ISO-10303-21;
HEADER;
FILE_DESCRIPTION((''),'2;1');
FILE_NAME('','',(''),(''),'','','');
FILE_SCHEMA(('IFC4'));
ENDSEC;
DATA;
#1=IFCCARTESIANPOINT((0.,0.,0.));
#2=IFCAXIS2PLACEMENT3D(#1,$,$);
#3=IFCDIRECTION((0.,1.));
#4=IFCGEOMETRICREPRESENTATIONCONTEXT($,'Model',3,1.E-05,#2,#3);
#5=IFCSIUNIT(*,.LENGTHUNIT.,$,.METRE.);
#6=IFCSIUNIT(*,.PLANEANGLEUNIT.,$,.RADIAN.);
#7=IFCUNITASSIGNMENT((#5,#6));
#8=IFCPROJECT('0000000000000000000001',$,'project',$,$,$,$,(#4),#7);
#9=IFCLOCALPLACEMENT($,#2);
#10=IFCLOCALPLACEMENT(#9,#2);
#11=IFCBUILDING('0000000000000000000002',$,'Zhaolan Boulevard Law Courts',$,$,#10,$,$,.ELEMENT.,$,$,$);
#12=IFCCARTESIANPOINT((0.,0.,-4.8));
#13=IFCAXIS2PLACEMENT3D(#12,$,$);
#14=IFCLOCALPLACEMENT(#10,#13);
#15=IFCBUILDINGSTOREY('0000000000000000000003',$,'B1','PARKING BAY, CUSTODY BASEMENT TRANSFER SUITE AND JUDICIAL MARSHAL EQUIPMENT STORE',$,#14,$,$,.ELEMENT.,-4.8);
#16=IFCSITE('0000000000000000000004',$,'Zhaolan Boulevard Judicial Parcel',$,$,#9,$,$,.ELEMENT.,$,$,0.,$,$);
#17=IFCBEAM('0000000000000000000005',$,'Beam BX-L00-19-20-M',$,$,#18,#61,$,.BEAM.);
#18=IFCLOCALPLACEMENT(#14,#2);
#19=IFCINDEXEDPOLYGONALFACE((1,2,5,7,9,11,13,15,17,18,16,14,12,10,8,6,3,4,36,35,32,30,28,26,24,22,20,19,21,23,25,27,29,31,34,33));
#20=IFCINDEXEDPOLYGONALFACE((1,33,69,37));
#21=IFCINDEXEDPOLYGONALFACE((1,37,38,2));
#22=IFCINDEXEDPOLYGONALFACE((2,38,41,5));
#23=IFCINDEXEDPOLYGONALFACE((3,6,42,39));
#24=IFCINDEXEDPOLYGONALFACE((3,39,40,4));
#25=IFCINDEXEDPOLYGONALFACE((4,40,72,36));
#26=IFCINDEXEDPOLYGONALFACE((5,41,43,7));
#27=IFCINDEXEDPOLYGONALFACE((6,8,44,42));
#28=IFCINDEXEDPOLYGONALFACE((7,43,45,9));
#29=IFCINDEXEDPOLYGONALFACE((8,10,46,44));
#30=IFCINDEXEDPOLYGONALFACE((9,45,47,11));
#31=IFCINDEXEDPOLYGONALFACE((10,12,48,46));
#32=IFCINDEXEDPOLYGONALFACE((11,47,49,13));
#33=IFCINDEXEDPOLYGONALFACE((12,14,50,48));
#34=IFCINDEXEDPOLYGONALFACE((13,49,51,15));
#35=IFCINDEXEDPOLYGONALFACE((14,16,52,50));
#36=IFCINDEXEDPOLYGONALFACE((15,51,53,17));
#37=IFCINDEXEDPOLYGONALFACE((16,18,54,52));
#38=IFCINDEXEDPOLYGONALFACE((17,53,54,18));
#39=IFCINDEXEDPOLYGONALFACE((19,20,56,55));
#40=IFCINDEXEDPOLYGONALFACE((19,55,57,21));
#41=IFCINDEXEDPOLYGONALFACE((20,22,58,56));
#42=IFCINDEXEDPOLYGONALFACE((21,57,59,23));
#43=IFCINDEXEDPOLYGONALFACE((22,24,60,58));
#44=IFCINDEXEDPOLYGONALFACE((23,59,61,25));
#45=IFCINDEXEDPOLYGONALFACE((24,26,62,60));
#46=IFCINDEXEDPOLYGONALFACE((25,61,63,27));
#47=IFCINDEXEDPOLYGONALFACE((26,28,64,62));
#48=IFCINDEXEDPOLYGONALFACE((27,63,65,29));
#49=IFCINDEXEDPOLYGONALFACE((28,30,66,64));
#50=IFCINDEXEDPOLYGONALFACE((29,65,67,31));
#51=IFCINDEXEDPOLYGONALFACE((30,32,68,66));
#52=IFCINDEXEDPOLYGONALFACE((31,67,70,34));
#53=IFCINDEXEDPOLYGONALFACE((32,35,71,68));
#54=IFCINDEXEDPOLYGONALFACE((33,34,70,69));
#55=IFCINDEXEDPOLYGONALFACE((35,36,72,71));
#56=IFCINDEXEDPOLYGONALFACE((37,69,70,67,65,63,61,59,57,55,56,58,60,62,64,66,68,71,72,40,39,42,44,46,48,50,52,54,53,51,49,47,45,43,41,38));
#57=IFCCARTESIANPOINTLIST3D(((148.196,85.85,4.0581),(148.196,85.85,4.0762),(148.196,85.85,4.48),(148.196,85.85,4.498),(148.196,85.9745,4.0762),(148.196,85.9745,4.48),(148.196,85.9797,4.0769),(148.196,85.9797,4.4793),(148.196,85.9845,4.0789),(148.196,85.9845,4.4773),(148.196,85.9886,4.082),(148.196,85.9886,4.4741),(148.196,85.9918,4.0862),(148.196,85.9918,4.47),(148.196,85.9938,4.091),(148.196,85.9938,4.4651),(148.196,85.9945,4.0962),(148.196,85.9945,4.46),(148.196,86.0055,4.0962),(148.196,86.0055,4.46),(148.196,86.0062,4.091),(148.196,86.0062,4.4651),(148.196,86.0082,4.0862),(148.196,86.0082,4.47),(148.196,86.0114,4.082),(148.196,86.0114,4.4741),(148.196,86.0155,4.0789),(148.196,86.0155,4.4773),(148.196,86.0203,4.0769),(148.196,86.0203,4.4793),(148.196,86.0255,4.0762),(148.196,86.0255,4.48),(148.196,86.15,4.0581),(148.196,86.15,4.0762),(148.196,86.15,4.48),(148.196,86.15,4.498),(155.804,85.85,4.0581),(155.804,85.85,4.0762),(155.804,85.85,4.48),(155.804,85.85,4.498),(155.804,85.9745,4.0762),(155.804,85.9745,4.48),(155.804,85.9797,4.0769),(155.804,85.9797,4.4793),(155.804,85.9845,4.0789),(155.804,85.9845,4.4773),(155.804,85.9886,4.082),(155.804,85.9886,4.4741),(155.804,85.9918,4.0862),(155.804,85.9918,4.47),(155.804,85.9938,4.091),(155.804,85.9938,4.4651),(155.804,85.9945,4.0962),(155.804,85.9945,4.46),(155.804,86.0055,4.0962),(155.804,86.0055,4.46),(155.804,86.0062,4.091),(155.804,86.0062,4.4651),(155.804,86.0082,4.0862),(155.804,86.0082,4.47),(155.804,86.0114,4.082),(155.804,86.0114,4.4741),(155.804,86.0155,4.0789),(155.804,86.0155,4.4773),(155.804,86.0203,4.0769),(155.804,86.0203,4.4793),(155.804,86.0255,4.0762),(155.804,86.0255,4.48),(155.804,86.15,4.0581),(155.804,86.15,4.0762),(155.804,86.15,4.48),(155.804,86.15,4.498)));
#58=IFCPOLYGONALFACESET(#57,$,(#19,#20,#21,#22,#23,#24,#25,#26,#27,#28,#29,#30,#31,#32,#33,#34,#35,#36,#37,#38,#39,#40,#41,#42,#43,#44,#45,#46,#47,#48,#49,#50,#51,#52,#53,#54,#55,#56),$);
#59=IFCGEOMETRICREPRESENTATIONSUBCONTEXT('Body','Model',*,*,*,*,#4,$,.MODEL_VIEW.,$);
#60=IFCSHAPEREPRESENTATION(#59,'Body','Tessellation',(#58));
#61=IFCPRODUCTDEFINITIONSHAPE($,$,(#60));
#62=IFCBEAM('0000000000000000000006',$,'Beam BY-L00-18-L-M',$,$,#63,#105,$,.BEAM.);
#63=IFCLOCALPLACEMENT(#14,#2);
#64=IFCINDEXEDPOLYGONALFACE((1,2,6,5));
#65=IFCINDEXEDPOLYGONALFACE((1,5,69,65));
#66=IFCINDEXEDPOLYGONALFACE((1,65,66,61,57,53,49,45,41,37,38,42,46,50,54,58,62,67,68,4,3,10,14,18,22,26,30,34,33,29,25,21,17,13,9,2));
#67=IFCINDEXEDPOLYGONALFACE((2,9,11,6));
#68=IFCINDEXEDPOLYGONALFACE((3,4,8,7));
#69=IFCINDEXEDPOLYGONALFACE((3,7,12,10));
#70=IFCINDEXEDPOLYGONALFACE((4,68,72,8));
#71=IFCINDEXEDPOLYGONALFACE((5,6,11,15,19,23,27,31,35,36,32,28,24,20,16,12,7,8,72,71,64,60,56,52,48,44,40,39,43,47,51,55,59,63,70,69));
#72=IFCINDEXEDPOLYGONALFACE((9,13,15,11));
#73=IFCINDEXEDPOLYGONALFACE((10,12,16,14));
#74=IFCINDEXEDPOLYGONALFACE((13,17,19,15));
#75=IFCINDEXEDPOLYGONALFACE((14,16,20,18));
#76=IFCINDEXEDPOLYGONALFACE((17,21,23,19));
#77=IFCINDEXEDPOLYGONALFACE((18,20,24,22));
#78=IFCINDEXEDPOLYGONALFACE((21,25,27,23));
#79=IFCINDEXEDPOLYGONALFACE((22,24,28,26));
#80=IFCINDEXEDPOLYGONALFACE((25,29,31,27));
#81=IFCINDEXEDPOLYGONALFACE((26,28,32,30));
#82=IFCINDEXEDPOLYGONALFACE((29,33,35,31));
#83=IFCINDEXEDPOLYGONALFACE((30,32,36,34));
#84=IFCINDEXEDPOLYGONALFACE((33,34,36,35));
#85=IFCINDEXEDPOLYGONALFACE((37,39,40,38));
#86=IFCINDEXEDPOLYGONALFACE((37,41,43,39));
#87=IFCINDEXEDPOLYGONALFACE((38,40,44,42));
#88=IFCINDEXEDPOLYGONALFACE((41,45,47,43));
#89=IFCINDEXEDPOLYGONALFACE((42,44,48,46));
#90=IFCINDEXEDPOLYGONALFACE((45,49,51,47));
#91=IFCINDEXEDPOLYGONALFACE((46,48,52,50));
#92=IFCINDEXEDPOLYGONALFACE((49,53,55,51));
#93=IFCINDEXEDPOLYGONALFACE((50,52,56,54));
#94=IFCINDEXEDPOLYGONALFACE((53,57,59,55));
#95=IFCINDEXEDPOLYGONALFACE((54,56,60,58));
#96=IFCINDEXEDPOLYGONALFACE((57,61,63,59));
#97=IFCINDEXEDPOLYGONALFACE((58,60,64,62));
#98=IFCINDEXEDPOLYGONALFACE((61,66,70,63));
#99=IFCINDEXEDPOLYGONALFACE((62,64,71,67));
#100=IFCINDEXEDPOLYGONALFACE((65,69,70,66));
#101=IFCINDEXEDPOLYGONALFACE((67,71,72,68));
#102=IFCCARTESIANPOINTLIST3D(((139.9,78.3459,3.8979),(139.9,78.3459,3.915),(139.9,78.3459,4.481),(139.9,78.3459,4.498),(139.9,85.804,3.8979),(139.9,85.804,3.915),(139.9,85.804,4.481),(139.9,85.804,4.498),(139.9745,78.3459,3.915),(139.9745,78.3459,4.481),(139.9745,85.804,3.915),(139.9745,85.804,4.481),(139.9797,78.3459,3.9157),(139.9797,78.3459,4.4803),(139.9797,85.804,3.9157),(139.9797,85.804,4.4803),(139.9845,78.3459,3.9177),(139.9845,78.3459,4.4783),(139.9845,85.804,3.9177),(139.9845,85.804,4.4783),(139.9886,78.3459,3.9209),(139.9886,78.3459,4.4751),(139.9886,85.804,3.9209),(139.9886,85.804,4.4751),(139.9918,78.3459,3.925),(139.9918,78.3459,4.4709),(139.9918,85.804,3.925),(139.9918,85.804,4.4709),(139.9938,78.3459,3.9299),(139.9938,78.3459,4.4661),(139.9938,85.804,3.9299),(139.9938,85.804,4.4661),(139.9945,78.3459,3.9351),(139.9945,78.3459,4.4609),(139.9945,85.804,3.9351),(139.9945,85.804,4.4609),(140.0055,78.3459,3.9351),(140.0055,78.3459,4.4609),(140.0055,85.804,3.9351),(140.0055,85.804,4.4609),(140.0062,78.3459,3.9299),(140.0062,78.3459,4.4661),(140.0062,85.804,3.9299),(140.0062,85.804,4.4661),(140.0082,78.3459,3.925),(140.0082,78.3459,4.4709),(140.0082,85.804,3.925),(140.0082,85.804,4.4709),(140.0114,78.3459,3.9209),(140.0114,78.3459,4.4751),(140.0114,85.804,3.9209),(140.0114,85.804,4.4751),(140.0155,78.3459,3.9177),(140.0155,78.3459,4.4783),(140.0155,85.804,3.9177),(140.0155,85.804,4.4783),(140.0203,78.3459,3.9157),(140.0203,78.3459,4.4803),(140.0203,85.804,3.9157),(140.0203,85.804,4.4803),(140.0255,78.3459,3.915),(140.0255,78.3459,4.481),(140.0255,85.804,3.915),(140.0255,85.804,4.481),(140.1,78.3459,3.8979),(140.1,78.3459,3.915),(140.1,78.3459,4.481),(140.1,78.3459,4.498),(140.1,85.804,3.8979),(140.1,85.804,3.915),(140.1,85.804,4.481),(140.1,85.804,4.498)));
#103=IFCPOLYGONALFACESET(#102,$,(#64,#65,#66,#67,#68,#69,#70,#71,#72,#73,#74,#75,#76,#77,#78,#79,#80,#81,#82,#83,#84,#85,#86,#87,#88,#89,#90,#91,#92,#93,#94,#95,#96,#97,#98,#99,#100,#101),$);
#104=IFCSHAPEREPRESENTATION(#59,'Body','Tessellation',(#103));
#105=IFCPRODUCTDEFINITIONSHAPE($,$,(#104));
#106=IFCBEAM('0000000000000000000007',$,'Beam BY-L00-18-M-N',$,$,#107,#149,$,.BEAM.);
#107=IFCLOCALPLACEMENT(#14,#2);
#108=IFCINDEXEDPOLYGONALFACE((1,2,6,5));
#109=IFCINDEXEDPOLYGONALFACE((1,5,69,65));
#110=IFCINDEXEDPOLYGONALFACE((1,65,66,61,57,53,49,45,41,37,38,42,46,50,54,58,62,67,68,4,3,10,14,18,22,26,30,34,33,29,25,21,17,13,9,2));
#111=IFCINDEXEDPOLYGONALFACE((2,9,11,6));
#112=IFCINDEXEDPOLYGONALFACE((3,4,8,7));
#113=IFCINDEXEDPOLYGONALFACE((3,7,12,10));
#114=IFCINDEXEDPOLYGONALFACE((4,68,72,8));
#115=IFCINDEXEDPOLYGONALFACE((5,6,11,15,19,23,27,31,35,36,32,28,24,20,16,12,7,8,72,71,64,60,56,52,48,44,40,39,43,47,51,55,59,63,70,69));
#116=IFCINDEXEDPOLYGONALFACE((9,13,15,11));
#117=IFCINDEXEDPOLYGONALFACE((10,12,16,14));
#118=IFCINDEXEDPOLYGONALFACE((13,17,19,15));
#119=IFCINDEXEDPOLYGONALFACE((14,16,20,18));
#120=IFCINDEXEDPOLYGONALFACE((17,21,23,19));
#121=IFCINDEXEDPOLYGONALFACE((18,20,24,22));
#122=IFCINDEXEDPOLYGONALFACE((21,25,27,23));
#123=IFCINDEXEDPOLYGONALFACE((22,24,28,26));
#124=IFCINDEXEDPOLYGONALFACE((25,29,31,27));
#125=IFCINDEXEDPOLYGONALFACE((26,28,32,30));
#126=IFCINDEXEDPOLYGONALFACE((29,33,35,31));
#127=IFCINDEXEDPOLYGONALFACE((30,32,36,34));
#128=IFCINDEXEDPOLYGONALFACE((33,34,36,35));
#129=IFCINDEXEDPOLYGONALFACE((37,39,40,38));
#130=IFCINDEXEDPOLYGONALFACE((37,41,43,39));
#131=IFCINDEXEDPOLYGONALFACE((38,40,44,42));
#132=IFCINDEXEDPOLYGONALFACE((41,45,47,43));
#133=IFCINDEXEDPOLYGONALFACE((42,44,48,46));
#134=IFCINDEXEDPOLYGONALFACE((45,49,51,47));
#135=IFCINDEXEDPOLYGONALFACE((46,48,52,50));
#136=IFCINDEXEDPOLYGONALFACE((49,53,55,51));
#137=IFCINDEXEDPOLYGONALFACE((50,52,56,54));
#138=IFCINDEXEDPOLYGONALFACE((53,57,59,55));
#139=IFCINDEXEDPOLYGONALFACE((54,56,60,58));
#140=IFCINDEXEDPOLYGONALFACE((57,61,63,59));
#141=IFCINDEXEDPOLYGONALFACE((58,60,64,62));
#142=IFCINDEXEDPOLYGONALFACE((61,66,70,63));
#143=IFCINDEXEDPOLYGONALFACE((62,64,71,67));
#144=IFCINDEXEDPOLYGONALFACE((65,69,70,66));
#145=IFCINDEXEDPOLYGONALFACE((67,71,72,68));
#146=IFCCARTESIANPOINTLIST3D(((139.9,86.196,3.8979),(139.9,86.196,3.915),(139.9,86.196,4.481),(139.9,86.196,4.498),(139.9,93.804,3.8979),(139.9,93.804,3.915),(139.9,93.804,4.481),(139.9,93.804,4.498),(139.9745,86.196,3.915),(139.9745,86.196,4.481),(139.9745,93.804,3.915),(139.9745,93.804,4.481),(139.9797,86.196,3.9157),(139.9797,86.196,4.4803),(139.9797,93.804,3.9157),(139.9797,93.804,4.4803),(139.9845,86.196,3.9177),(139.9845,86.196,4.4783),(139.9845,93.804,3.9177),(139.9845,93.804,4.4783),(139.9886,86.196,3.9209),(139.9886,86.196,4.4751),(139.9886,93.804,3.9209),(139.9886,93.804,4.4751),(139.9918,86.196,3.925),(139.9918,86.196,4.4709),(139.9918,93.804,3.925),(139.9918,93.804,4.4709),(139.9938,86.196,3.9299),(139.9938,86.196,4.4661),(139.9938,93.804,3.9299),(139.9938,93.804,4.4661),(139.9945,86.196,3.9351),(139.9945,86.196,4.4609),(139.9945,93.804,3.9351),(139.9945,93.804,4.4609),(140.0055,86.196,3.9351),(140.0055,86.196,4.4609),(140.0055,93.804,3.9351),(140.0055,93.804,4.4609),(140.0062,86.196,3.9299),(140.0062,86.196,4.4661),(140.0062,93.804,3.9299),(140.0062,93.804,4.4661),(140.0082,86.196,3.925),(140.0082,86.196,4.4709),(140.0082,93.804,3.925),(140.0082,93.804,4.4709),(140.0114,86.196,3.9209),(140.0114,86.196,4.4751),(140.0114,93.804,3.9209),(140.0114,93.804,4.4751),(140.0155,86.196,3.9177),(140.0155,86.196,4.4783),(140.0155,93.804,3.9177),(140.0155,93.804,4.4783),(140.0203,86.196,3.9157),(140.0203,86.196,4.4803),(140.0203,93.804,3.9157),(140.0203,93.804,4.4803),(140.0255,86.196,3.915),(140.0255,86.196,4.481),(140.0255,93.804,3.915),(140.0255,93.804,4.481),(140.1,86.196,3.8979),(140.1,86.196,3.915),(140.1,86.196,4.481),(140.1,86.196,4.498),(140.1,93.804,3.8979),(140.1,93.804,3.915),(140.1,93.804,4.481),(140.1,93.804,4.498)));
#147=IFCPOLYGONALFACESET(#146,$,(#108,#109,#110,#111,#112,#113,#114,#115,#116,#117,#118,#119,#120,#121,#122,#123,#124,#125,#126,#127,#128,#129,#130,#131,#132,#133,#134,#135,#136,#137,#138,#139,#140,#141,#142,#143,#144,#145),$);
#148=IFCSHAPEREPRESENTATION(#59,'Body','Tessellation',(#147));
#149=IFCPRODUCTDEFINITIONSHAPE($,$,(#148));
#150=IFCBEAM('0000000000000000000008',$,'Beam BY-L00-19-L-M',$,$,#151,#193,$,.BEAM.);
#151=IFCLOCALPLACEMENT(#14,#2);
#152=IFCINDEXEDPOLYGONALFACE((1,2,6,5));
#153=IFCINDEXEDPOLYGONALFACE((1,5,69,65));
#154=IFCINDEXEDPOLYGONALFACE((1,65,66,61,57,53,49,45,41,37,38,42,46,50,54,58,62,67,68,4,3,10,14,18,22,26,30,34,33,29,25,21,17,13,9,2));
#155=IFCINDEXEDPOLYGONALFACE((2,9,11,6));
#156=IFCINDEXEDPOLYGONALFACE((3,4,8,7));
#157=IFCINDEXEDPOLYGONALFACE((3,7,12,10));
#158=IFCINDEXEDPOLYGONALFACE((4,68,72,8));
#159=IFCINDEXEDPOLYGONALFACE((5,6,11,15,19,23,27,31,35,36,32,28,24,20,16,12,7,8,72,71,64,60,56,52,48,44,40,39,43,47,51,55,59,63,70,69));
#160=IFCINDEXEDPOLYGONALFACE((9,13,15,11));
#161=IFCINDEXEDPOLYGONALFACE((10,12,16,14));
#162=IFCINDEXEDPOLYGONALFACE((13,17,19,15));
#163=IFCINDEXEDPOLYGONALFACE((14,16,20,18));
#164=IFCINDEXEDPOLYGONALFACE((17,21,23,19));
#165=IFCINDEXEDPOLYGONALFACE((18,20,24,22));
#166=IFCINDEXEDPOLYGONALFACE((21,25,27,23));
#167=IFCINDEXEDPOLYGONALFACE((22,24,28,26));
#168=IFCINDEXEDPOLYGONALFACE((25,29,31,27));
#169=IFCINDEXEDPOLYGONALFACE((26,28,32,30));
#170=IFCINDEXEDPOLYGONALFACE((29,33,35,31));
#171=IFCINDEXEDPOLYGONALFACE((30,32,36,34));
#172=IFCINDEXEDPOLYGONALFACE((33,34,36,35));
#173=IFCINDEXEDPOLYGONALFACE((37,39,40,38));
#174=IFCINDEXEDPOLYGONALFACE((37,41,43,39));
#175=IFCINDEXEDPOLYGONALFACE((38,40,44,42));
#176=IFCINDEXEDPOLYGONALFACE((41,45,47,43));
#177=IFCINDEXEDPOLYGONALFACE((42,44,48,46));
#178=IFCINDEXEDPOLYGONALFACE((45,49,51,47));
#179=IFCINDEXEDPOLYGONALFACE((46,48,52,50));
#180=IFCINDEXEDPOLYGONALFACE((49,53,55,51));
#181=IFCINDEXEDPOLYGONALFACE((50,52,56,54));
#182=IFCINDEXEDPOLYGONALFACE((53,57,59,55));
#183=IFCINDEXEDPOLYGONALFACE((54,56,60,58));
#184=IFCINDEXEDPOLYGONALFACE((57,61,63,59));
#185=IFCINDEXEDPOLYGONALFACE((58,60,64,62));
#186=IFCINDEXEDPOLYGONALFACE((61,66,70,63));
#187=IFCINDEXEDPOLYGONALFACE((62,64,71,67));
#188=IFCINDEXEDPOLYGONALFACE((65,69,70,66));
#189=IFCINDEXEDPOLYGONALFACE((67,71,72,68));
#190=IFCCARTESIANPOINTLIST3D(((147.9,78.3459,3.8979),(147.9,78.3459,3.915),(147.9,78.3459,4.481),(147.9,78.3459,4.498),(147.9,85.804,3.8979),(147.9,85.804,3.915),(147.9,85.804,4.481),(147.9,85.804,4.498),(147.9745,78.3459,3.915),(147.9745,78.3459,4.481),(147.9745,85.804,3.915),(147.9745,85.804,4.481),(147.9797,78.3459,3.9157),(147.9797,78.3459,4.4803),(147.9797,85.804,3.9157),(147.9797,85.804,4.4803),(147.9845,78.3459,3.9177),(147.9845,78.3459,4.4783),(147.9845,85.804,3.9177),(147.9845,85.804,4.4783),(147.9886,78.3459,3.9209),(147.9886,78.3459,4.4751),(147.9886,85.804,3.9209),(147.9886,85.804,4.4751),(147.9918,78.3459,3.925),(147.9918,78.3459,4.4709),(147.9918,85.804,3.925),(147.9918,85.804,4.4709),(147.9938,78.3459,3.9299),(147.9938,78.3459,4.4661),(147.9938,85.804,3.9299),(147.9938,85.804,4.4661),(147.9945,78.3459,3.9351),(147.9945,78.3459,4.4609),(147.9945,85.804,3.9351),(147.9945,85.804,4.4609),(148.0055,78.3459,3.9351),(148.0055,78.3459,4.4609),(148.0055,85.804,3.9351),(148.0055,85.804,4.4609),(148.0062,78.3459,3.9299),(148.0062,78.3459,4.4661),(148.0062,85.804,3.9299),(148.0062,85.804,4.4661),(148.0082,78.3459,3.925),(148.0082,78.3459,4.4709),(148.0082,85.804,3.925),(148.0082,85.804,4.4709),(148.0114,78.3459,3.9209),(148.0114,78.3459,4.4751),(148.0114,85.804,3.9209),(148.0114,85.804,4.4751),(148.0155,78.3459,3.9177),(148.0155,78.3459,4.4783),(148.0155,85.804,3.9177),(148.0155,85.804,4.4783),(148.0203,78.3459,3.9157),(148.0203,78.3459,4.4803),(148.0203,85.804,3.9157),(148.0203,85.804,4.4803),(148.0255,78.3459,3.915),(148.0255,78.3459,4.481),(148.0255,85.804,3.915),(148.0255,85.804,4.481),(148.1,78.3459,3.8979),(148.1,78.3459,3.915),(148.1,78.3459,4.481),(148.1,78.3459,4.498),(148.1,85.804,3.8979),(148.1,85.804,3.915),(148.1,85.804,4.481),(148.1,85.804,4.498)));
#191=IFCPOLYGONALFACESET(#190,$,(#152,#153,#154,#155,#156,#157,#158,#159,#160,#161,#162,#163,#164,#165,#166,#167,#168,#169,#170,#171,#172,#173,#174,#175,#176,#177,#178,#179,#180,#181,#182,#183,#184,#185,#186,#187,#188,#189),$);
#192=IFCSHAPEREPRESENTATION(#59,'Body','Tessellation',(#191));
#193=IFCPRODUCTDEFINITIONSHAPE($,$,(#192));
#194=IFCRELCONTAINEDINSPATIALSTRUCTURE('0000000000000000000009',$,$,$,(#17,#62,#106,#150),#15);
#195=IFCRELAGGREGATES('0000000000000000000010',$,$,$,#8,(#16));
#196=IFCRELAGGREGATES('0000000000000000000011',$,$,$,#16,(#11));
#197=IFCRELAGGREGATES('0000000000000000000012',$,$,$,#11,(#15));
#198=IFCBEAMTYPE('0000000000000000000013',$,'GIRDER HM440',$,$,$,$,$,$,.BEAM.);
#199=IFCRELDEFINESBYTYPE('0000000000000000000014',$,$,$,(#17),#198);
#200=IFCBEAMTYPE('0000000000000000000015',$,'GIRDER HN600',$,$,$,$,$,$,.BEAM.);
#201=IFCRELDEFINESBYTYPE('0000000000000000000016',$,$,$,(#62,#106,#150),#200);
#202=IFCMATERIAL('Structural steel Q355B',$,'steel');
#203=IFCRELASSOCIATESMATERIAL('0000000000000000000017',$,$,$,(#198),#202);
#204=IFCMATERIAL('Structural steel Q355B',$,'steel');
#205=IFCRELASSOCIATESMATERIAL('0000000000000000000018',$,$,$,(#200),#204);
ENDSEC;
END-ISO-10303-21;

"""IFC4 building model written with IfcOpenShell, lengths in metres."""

from ifc_helpers import new_model, si_unit, direction, frame, origin, origin_2d, place, context, subcontext, project, spatial, i_section, extrude, material, material_profile, profile_set, type_object, element, save


model = new_model("IFC4")

# Units and contexts
model_context = context("Model", 3, precision=1e-05, world=origin(), true_north=direction((0.0, 1.0)))
body_context = subcontext(model_context, "Body", "Model", "MODEL_VIEW")
ifc_project = project(units=[si_unit("LENGTHUNIT", "METRE"), si_unit("PLANEANGLEUNIT", "RADIAN")], contexts=[model_context])

# Site, building, storey
site_placement = place(None, origin())
site = spatial("IfcSite", under=ifc_project, at=site_placement, Name="Zhaolan Boulevard Judicial Parcel", CompositionType="ELEMENT", RefElevation=0.0)
building_placement = place(site_placement, origin())
building = spatial("IfcBuilding", under=site, at=building_placement, Name="Zhaolan Boulevard Law Courts", CompositionType="ELEMENT")
storey_placement = place(building_placement, frame((0.0, 0.0, -4.8)))
storey = spatial("IfcBuildingStorey", under=building, at=storey_placement, Name="B1", Description="PARKING BAY, CUSTODY BASEMENT TRANSFER SUITE AND JUDICIAL MARSHAL EQUIPMENT STORE", CompositionType="ELEMENT", Elevation=-4.8)

# Beams
ifc_material_1 = material(Name="Structural steel Q355B", Category="steel")
ifc_material_profile_1 = material_profile(ifc_material_1, i_section(OverallWidth=0.3, OverallDepth=0.4399, WebThickness=0.011, FlangeThickness=0.0181, FilletRadius=0.02, at=origin_2d()), Name="HM440x300")
ifc_profile_set_1 = profile_set([ifc_material_profile_1], Name="Structural steel Q355B")
beam_type_1 = type_object("IfcBeamType", Name="GIRDER HM440", PredefinedType="BEAM", material=ifc_profile_set_1)
for number, where, z_axis, x_axis, name in (
    (1, (148.196, 86.0, 4.2781), (1.0, 0.0, 0.0), (0.0, 1.0, 0.0), "Beam BX-L00-19-20-M"),
):
    element("IfcBeam", number, at=place(storey_placement, frame(where, z_axis=z_axis, x_axis=x_axis)), inside=storey, type_object=beam_type_1, Name=name, PredefinedType="BEAM", context=body_context, shape_type="SweptSolid", body=[
        extrude(i_section(OverallWidth=0.3, OverallDepth=0.4399, WebThickness=0.011, FlangeThickness=0.0181, FilletRadius=0.02, at=origin_2d()), origin(), (0.0, 0.0, 1.0), 7.6079),
    ])
ifc_material_2 = material(Name="Structural steel Q355B", Category="steel")
ifc_material_profile_2 = material_profile(ifc_material_2, i_section(OverallWidth=0.2, OverallDepth=0.6001, WebThickness=0.011, FlangeThickness=0.0171, FilletRadius=0.02, at=origin_2d()), Name="HN600x200")
ifc_profile_set_2 = profile_set([ifc_material_profile_2], Name="Structural steel Q355B")
beam_type_2 = type_object("IfcBeamType", Name="GIRDER HN600", PredefinedType="BEAM", material=ifc_profile_set_2)
beam_1_placement = place(storey_placement, frame((140.0, 78.3459, 4.198), z_axis=(0.0, 1.0, 0.0), x_axis=(-1.0, 0.0, 0.0)))
element("IfcBeam", 2, at=beam_1_placement, inside=storey, type_object=beam_type_2, Name="Beam BY-L00-18-L-M", PredefinedType="BEAM", context=body_context, shape_type="SweptSolid", body=[
    extrude(i_section(OverallWidth=0.2, OverallDepth=0.6001, WebThickness=0.011, FlangeThickness=0.0171, FilletRadius=0.02, at=origin_2d()), origin(), (0.0, 0.0, 1.0), 7.458),
])
beam_2_placement = place(storey_placement, frame((140.0, 86.196, 4.198), z_axis=(0.0, 1.0, 0.0), x_axis=(-1.0, 0.0, 0.0)))
element("IfcBeam", 3, at=beam_2_placement, inside=storey, type_object=beam_type_2, Name="Beam BY-L00-18-M-N", PredefinedType="BEAM", context=body_context, shape_type="SweptSolid", body=[
    extrude(i_section(OverallWidth=0.2, OverallDepth=0.6001, WebThickness=0.011, FlangeThickness=0.0171, FilletRadius=0.02, at=origin_2d()), origin(), (0.0, 0.0, 1.0), 7.6079),
])
beam_3_placement = place(storey_placement, frame((148.0, 78.3459, 4.198), z_axis=(0.0, 1.0, 0.0), x_axis=(-1.0, 0.0, 0.0)))
element("IfcBeam", 4, at=beam_3_placement, inside=storey, type_object=beam_type_2, Name="Beam BY-L00-19-L-M", PredefinedType="BEAM", context=body_context, shape_type="SweptSolid", body=[
    extrude(i_section(OverallWidth=0.2, OverallDepth=0.6001, WebThickness=0.011, FlangeThickness=0.0171, FilletRadius=0.02, at=origin_2d()), origin(), (0.0, 0.0, 1.0), 7.458),
])

save(model, "model.ifc")
